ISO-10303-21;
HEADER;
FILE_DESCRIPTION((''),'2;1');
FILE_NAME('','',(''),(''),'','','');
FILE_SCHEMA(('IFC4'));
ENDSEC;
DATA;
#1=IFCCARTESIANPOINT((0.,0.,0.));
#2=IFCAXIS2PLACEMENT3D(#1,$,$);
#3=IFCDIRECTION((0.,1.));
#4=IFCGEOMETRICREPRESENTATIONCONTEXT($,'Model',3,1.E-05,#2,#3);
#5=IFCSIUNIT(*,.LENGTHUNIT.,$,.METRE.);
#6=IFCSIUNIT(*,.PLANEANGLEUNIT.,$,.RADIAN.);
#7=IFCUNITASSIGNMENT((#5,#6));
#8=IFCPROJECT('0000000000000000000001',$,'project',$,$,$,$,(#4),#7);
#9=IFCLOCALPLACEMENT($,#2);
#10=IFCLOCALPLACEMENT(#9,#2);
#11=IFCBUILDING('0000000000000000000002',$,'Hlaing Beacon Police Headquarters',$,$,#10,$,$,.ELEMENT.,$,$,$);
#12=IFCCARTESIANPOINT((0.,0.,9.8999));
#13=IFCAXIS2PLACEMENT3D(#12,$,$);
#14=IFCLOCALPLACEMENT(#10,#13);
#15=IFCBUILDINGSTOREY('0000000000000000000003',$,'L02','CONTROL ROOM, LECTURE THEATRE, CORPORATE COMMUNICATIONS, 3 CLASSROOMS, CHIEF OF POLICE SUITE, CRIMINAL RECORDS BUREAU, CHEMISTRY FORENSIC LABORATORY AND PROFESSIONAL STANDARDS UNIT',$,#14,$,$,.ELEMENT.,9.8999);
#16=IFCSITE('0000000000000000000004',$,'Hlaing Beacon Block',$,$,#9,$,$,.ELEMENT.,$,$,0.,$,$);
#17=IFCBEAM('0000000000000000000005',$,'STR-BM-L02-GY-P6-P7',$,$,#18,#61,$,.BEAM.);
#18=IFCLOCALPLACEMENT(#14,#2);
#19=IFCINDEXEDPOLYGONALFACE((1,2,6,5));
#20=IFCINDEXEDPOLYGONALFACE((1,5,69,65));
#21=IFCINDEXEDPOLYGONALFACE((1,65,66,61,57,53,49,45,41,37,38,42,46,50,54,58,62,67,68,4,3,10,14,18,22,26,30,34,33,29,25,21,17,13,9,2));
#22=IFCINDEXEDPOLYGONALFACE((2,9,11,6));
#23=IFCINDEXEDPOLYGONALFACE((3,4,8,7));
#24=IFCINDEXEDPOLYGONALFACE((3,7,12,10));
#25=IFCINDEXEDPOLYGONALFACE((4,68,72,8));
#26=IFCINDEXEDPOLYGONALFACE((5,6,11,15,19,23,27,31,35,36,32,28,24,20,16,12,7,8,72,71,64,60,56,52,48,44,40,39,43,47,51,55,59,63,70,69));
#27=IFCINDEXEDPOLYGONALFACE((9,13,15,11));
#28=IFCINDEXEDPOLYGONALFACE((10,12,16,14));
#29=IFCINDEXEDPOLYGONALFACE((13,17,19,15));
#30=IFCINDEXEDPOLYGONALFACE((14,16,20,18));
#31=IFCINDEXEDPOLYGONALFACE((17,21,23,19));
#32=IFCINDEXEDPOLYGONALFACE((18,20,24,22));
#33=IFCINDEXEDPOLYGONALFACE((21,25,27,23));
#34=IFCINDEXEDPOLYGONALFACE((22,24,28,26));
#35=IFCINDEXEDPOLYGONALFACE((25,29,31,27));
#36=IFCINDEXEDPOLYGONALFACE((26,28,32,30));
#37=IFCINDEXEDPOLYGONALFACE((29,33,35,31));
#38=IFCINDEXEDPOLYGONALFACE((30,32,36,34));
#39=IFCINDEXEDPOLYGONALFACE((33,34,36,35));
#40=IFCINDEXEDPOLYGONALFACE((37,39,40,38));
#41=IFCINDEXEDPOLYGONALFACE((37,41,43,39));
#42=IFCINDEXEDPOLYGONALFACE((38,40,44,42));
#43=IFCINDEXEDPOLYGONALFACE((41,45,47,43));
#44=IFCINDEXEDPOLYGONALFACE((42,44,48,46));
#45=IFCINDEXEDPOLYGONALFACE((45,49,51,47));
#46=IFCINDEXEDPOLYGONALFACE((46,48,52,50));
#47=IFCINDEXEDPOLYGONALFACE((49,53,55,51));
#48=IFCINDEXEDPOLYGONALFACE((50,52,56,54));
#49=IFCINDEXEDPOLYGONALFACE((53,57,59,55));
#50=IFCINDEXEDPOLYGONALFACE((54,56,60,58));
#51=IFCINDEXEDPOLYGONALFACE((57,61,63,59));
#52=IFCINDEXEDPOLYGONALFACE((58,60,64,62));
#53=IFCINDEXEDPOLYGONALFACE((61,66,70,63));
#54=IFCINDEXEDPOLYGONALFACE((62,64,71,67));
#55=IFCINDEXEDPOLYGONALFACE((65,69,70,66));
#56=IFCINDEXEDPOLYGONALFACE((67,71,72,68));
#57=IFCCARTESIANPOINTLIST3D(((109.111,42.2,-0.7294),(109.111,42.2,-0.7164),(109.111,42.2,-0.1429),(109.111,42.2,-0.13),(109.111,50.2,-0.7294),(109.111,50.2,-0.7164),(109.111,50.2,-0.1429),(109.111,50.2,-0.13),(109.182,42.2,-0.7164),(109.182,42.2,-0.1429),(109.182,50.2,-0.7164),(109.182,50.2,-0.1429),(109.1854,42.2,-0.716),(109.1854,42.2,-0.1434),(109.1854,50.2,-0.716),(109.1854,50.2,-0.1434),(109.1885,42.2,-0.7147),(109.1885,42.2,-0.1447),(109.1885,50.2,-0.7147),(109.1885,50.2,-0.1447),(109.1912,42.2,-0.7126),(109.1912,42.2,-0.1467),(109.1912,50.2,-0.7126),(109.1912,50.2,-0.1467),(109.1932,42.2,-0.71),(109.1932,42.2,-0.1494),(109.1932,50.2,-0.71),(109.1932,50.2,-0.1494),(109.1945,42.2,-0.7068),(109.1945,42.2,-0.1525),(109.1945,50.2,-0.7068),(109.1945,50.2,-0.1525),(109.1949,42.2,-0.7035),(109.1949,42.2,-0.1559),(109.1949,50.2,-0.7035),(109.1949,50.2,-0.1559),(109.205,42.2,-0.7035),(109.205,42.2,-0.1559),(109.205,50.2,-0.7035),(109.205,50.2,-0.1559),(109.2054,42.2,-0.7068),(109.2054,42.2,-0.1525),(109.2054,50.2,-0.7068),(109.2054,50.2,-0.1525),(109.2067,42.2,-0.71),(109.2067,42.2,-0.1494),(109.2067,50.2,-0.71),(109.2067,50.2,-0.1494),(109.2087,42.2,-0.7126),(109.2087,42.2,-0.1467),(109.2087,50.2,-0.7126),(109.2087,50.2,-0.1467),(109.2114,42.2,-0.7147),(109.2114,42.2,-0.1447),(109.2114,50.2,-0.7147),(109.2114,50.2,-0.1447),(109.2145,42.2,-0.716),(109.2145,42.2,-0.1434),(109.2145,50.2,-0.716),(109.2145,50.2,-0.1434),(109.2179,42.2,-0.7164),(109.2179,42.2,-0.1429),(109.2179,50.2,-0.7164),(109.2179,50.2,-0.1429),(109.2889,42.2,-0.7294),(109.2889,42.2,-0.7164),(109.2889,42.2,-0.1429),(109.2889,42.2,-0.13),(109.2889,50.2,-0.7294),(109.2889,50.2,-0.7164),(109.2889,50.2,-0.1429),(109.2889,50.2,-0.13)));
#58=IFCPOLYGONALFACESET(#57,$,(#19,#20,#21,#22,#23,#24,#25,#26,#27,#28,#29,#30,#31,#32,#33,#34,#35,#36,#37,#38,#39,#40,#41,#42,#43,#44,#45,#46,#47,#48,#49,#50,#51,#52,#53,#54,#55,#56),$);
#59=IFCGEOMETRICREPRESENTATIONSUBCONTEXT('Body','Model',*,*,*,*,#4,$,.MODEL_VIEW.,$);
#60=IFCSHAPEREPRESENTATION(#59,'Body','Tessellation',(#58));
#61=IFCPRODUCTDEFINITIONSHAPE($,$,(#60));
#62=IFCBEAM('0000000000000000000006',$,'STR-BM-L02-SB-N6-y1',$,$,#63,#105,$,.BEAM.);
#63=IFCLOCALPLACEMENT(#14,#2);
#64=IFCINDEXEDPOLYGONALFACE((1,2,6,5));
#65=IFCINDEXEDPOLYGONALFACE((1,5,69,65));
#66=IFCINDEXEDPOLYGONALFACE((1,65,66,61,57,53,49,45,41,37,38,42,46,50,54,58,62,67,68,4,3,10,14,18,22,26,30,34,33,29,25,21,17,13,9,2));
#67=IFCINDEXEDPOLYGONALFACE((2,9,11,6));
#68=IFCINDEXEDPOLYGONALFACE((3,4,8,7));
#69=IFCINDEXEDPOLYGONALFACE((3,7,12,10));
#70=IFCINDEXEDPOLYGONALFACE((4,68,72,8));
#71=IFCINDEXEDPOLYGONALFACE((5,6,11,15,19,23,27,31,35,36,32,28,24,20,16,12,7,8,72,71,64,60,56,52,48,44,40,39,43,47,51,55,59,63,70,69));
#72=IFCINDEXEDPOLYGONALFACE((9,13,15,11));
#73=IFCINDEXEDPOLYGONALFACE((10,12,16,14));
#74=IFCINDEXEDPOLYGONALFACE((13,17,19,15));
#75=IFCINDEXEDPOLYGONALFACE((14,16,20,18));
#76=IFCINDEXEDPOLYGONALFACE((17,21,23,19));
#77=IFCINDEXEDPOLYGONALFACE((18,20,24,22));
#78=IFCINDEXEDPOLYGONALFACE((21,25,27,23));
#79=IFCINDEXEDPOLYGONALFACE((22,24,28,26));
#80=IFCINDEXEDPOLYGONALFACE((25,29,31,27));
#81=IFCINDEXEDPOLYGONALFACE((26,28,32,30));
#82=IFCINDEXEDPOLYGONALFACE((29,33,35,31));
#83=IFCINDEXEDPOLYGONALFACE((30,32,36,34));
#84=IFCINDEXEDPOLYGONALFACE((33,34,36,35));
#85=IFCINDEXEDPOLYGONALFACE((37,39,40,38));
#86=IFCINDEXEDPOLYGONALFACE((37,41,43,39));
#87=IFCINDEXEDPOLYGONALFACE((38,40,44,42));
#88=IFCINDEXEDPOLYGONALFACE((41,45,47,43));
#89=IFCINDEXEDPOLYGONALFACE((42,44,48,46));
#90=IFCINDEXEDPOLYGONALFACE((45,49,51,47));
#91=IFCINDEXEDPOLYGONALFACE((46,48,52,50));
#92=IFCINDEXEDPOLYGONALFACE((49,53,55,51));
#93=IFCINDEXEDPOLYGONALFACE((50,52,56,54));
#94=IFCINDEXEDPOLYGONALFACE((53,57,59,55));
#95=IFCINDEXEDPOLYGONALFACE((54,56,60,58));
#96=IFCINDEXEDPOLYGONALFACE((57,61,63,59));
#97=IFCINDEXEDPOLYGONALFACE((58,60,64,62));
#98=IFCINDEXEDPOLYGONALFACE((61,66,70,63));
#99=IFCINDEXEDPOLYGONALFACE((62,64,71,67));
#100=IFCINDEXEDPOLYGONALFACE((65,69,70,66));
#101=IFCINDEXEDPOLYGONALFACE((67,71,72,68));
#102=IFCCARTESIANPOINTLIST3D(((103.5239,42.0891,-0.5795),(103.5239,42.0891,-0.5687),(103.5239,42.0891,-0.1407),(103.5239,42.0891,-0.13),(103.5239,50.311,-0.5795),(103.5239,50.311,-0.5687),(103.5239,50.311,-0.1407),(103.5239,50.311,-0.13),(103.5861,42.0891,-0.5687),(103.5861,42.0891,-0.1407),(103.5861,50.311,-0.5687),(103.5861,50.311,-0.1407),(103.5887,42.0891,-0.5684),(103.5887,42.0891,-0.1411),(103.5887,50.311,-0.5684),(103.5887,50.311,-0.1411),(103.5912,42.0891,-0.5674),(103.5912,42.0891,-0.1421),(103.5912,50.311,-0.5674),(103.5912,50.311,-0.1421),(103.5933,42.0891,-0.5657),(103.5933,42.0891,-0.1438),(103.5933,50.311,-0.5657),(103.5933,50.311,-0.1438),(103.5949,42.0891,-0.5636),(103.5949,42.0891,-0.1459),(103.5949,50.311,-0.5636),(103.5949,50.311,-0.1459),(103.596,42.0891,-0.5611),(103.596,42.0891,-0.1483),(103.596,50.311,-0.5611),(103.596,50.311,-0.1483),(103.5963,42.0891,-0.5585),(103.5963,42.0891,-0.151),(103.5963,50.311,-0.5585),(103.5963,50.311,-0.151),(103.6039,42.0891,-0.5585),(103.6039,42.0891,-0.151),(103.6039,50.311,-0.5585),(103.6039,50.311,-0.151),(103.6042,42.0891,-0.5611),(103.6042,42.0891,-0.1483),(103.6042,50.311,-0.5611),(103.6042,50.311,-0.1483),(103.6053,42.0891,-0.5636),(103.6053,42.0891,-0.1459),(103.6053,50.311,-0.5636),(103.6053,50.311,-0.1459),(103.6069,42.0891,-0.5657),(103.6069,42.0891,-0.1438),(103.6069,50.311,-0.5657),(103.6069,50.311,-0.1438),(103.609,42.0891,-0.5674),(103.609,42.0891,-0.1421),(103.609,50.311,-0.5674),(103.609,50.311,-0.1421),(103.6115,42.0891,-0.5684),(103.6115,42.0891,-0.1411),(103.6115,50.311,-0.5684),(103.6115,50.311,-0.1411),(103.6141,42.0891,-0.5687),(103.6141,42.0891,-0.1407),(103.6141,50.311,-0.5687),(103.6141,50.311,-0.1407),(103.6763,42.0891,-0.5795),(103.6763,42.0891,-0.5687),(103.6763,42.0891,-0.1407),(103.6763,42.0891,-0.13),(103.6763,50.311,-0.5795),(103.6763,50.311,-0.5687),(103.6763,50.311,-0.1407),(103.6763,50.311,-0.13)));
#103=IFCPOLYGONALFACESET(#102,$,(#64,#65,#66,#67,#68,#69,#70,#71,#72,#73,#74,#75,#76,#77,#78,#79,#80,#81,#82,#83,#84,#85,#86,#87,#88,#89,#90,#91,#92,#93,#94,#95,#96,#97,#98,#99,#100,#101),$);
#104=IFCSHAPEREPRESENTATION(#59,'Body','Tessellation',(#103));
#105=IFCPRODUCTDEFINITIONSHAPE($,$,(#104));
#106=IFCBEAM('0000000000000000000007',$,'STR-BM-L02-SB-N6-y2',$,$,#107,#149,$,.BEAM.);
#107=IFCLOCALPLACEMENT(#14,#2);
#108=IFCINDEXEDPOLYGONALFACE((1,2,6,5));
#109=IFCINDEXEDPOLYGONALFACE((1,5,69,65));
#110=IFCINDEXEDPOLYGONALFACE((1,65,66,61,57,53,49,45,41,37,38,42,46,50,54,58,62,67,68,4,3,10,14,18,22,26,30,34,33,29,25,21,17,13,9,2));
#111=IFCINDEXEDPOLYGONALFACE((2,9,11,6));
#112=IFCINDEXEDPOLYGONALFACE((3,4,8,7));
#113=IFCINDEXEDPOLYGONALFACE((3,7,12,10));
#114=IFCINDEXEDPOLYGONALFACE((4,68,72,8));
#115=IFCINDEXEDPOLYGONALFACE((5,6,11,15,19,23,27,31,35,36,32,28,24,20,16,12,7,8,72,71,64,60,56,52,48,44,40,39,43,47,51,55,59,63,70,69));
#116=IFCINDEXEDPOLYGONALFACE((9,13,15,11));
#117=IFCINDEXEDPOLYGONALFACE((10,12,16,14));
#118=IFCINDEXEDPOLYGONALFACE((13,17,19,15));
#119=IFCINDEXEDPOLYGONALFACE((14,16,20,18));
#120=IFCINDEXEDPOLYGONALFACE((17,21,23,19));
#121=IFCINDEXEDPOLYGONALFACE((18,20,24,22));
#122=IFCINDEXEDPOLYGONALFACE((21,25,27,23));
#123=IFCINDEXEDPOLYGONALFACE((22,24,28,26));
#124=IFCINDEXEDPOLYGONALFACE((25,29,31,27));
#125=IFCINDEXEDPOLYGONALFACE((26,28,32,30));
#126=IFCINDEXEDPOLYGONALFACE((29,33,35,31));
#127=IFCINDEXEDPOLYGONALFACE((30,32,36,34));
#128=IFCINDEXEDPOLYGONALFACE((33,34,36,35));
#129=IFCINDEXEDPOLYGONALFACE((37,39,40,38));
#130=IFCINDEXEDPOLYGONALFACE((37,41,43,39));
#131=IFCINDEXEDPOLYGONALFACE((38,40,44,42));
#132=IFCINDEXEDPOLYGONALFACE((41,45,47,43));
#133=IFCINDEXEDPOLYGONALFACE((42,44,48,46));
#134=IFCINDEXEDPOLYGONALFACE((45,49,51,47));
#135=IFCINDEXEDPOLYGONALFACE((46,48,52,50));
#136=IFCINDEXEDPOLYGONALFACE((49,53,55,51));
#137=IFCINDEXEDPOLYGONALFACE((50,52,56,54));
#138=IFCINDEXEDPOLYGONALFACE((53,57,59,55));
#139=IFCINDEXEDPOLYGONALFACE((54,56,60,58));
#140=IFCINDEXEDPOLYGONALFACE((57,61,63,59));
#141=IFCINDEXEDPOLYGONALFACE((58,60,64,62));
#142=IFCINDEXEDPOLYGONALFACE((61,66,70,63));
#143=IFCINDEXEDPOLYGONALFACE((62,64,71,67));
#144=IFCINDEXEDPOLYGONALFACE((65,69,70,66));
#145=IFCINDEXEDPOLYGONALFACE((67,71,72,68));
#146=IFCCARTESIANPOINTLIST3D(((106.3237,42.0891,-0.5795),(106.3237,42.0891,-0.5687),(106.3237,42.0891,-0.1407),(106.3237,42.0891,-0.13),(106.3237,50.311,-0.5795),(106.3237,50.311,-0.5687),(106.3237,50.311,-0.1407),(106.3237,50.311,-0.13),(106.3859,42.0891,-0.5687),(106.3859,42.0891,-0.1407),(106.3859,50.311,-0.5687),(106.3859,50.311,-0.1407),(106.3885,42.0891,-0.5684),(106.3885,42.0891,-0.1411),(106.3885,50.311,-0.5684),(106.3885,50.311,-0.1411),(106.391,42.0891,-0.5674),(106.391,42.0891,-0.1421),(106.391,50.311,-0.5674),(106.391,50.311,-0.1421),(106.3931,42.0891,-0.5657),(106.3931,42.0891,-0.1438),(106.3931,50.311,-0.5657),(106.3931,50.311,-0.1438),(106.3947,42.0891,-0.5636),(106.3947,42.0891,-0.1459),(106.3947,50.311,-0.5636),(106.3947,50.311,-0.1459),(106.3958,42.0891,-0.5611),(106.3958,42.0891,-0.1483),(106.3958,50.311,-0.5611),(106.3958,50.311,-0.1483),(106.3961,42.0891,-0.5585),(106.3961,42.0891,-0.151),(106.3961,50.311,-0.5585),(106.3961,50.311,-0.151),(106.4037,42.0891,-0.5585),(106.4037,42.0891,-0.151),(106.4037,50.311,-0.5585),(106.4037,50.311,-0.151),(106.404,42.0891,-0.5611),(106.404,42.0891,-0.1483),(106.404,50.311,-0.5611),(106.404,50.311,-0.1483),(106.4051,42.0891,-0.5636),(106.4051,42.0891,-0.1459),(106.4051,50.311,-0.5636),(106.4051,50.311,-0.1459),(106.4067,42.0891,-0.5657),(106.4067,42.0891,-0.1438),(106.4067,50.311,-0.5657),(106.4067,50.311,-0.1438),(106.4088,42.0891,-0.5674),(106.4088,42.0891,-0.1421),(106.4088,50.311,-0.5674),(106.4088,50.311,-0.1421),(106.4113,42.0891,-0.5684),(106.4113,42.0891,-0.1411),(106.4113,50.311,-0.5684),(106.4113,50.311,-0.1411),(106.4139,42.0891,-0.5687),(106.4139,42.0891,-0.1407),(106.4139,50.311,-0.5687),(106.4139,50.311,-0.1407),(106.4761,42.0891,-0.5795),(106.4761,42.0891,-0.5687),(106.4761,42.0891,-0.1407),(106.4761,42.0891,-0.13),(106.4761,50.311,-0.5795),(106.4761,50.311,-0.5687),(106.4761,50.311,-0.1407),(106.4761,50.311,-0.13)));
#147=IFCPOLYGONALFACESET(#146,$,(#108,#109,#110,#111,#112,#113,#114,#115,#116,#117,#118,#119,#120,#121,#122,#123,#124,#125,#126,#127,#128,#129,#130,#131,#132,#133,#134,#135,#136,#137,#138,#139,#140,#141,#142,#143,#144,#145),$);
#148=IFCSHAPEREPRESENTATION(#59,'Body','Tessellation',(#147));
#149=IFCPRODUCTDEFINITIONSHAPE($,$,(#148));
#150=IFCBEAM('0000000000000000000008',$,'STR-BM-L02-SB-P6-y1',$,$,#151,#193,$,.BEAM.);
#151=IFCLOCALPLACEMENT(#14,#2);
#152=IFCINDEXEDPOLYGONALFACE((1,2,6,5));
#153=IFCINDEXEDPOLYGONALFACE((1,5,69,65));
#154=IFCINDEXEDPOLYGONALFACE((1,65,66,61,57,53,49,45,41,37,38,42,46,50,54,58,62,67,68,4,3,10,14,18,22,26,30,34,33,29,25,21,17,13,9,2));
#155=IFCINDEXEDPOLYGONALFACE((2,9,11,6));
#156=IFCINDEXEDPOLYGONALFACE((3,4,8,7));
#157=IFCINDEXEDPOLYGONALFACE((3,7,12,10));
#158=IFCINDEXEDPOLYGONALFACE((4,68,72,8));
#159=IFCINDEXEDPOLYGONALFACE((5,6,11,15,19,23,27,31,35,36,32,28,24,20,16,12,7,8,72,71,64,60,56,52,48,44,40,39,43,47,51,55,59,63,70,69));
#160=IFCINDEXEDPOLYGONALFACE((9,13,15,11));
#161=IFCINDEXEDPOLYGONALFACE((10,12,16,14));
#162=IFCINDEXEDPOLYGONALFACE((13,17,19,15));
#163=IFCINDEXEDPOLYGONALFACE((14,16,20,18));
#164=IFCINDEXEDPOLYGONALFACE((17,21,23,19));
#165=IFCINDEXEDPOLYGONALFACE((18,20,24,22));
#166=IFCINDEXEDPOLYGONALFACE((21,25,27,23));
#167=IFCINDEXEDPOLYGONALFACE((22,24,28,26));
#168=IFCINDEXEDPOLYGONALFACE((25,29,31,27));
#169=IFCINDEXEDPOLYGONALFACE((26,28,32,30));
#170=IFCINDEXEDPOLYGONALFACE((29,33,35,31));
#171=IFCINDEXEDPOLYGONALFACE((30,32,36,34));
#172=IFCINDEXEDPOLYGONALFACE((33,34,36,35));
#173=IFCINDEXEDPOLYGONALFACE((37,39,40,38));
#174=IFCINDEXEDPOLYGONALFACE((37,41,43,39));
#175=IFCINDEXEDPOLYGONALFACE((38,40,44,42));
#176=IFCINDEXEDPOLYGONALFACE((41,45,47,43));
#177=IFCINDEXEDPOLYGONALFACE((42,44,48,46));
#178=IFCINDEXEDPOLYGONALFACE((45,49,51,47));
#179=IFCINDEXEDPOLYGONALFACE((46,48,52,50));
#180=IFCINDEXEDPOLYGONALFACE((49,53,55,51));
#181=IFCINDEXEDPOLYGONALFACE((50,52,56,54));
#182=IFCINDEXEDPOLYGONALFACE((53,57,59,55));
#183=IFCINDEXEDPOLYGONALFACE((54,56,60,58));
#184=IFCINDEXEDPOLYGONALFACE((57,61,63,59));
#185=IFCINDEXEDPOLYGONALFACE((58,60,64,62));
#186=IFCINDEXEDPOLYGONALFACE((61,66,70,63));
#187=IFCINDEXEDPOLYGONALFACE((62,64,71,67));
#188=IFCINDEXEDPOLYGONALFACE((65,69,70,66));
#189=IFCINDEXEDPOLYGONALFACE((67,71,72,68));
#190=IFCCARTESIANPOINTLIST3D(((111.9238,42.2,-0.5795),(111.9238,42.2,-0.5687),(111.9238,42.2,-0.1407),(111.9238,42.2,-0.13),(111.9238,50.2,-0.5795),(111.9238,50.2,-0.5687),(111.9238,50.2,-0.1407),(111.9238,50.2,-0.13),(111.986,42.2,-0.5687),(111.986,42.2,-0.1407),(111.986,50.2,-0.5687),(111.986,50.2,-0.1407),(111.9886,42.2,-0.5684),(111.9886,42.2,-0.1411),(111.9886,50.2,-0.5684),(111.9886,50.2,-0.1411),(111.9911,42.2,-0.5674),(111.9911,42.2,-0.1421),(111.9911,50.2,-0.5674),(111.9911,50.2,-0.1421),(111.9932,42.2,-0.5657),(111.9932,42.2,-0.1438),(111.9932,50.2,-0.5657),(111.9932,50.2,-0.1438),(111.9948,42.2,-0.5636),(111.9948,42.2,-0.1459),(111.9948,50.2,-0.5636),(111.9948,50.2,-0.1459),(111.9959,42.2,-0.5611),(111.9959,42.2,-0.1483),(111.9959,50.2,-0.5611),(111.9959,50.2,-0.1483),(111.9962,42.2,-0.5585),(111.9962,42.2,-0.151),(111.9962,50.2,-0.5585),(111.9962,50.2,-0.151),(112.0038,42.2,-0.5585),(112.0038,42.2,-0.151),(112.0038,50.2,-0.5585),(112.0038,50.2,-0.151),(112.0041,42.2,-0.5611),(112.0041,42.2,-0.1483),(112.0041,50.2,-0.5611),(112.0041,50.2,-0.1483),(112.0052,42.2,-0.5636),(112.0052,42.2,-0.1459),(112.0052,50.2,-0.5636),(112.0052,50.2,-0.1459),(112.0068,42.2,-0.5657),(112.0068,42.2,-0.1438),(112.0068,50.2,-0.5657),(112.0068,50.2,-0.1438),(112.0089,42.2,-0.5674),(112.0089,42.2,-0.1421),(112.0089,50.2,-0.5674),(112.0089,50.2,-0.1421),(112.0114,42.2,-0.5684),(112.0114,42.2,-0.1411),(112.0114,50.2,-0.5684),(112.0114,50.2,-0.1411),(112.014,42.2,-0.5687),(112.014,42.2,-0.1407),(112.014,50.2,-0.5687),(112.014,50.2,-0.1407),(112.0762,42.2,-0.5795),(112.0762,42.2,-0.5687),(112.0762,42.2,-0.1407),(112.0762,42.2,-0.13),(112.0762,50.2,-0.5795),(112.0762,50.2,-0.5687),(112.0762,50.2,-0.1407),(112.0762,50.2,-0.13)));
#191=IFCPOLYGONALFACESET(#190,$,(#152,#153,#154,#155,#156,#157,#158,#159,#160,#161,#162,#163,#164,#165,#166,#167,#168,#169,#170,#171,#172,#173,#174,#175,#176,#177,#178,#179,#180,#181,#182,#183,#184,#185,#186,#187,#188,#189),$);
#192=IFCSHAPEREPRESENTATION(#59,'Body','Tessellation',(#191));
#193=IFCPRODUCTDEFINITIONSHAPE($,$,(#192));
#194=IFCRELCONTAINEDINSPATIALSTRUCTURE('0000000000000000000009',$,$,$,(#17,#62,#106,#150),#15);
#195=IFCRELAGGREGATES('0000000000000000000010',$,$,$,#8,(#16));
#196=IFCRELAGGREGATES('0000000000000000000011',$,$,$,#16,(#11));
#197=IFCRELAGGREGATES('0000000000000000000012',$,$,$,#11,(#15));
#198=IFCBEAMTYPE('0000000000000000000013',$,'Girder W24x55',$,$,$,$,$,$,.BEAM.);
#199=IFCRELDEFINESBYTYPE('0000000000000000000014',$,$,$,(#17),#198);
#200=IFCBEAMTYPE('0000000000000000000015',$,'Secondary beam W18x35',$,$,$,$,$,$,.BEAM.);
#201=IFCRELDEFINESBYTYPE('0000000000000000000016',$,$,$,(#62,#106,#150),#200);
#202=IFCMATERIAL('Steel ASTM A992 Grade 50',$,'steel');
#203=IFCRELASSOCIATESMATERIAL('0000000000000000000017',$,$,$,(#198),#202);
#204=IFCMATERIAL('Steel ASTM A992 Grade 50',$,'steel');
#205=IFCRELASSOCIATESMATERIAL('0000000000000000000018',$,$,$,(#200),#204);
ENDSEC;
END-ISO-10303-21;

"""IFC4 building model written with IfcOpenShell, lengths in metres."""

from ifc_helpers import new_model, si_unit, direction, frame, origin, origin_2d, place, context, subcontext, project, spatial, i_section, extrude, material, material_profile, profile_set, type_object, element, save


model = new_model("IFC4")

# Units and contexts
model_context = context("Model", 3, precision=1e-05, world=origin(), true_north=direction((0.0, 1.0)))
body_context = subcontext(model_context, "Body", "Model", "MODEL_VIEW")
ifc_project = project(units=[si_unit("LENGTHUNIT", "METRE"), si_unit("PLANEANGLEUNIT", "RADIAN")], contexts=[model_context])

# Site, building, storey
site_placement = place(None, origin())
site = spatial("IfcSite", under=ifc_project, at=site_placement, Name="Hlaing Beacon Block", CompositionType="ELEMENT", RefElevation=0.0)
building_placement = place(site_placement, origin())
building = spatial("IfcBuilding", under=site, at=building_placement, Name="Hlaing Beacon Police Headquarters", CompositionType="ELEMENT")
storey_placement = place(building_placement, frame((0.0, 0.0, 9.8999)))
storey = spatial("IfcBuildingStorey", under=building, at=storey_placement, Name="L02", Description="CONTROL ROOM, LECTURE THEATRE, CORPORATE COMMUNICATIONS, 3 CLASSROOMS, CHIEF OF POLICE SUITE, CRIMINAL RECORDS BUREAU, CHEMISTRY FORENSIC LABORATORY AND PROFESSIONAL STANDARDS UNIT", CompositionType="ELEMENT", Elevation=9.8999)

# Beams
ifc_material_1 = material(Name="Steel ASTM A992 Grade 50", Category="steel")
ifc_material_profile_1 = material_profile(ifc_material_1, i_section(OverallWidth=0.178, OverallDepth=0.5994, WebThickness=0.01, FlangeThickness=0.0129, FilletRadius=0.0129, at=origin_2d()), Name="W24x55")
ifc_profile_set_1 = profile_set([ifc_material_profile_1], Name="Steel ASTM A992 Grade 50")
beam_type_1 = type_object("IfcBeamType", Name="Girder W24x55", PredefinedType="BEAM", material=ifc_profile_set_1)
beam_placement = place(storey_placement, frame((109.2, 42.2, -0.4297), z_axis=(0.0, 1.0, 0.0), x_axis=(-1.0, 0.0, 0.0)))
element("IfcBeam", 1, at=beam_placement, inside=storey, type_object=beam_type_1, Name="STR-BM-L02-GY-P6-P7", PredefinedType="BEAM", context=body_context, shape_type="SweptSolid", body=[
    extrude(i_section(OverallWidth=0.178, OverallDepth=0.5994, WebThickness=0.01, FlangeThickness=0.0129, FilletRadius=0.0129, at=origin_2d()), origin(), (0.0, 0.0, 1.0), 8.0),
])
ifc_material_2 = material(Name="Steel ASTM A992 Grade 50", Category="steel")
ifc_material_profile_2 = material_profile(ifc_material_2, i_section(OverallWidth=0.1523, OverallDepth=0.4495, WebThickness=0.0076, FlangeThickness=0.0107, FilletRadius=0.0103, at=origin_2d()), Name="W18x35")
ifc_profile_set_2 = profile_set([ifc_material_profile_2], Name="Steel ASTM A992 Grade 50")
beam_type_2 = type_object("IfcBeamType", Name="Secondary beam W18x35", PredefinedType="BEAM", material=ifc_profile_set_2)
for number, where, z_axis, x_axis, name in (
    (2, (103.6001, 42.0891, -0.3547), (0.0, 1.0, 0.0), (-1.0, 0.0, 0.0), "STR-BM-L02-SB-N6-y1"),
    (3, (106.3999, 42.0891, -0.3547), (0.0, 1.0, 0.0), (-1.0, 0.0, 0.0), "STR-BM-L02-SB-N6-y2"),
):
    element("IfcBeam", number, at=place(storey_placement, frame(where, z_axis=z_axis, x_axis=x_axis)), inside=storey, type_object=beam_type_2, Name=name, PredefinedType="BEAM", context=body_context, shape_type="SweptSolid", body=[
        extrude(i_section(OverallWidth=0.1523, OverallDepth=0.4495, WebThickness=0.0076, FlangeThickness=0.0107, FilletRadius=0.0103, at=origin_2d()), origin(), (0.0, 0.0, 1.0), 8.2219),
    ])
for number, where, z_axis, x_axis, name in (
    (4, (112.0, 42.2, -0.3547), (0.0, 1.0, 0.0), (-1.0, 0.0, 0.0), "STR-BM-L02-SB-P6-y1"),
):
    element("IfcBeam", number, at=place(storey_placement, frame(where, z_axis=z_axis, x_axis=x_axis)), inside=storey, type_object=beam_type_2, Name=name, PredefinedType="BEAM", context=body_context, shape_type="SweptSolid", body=[
        extrude(i_section(OverallWidth=0.1523, OverallDepth=0.4495, WebThickness=0.0076, FlangeThickness=0.0107, FilletRadius=0.0103, at=origin_2d()), origin(), (0.0, 0.0, 1.0), 8.0),
    ])

save(model, "model.ifc")
